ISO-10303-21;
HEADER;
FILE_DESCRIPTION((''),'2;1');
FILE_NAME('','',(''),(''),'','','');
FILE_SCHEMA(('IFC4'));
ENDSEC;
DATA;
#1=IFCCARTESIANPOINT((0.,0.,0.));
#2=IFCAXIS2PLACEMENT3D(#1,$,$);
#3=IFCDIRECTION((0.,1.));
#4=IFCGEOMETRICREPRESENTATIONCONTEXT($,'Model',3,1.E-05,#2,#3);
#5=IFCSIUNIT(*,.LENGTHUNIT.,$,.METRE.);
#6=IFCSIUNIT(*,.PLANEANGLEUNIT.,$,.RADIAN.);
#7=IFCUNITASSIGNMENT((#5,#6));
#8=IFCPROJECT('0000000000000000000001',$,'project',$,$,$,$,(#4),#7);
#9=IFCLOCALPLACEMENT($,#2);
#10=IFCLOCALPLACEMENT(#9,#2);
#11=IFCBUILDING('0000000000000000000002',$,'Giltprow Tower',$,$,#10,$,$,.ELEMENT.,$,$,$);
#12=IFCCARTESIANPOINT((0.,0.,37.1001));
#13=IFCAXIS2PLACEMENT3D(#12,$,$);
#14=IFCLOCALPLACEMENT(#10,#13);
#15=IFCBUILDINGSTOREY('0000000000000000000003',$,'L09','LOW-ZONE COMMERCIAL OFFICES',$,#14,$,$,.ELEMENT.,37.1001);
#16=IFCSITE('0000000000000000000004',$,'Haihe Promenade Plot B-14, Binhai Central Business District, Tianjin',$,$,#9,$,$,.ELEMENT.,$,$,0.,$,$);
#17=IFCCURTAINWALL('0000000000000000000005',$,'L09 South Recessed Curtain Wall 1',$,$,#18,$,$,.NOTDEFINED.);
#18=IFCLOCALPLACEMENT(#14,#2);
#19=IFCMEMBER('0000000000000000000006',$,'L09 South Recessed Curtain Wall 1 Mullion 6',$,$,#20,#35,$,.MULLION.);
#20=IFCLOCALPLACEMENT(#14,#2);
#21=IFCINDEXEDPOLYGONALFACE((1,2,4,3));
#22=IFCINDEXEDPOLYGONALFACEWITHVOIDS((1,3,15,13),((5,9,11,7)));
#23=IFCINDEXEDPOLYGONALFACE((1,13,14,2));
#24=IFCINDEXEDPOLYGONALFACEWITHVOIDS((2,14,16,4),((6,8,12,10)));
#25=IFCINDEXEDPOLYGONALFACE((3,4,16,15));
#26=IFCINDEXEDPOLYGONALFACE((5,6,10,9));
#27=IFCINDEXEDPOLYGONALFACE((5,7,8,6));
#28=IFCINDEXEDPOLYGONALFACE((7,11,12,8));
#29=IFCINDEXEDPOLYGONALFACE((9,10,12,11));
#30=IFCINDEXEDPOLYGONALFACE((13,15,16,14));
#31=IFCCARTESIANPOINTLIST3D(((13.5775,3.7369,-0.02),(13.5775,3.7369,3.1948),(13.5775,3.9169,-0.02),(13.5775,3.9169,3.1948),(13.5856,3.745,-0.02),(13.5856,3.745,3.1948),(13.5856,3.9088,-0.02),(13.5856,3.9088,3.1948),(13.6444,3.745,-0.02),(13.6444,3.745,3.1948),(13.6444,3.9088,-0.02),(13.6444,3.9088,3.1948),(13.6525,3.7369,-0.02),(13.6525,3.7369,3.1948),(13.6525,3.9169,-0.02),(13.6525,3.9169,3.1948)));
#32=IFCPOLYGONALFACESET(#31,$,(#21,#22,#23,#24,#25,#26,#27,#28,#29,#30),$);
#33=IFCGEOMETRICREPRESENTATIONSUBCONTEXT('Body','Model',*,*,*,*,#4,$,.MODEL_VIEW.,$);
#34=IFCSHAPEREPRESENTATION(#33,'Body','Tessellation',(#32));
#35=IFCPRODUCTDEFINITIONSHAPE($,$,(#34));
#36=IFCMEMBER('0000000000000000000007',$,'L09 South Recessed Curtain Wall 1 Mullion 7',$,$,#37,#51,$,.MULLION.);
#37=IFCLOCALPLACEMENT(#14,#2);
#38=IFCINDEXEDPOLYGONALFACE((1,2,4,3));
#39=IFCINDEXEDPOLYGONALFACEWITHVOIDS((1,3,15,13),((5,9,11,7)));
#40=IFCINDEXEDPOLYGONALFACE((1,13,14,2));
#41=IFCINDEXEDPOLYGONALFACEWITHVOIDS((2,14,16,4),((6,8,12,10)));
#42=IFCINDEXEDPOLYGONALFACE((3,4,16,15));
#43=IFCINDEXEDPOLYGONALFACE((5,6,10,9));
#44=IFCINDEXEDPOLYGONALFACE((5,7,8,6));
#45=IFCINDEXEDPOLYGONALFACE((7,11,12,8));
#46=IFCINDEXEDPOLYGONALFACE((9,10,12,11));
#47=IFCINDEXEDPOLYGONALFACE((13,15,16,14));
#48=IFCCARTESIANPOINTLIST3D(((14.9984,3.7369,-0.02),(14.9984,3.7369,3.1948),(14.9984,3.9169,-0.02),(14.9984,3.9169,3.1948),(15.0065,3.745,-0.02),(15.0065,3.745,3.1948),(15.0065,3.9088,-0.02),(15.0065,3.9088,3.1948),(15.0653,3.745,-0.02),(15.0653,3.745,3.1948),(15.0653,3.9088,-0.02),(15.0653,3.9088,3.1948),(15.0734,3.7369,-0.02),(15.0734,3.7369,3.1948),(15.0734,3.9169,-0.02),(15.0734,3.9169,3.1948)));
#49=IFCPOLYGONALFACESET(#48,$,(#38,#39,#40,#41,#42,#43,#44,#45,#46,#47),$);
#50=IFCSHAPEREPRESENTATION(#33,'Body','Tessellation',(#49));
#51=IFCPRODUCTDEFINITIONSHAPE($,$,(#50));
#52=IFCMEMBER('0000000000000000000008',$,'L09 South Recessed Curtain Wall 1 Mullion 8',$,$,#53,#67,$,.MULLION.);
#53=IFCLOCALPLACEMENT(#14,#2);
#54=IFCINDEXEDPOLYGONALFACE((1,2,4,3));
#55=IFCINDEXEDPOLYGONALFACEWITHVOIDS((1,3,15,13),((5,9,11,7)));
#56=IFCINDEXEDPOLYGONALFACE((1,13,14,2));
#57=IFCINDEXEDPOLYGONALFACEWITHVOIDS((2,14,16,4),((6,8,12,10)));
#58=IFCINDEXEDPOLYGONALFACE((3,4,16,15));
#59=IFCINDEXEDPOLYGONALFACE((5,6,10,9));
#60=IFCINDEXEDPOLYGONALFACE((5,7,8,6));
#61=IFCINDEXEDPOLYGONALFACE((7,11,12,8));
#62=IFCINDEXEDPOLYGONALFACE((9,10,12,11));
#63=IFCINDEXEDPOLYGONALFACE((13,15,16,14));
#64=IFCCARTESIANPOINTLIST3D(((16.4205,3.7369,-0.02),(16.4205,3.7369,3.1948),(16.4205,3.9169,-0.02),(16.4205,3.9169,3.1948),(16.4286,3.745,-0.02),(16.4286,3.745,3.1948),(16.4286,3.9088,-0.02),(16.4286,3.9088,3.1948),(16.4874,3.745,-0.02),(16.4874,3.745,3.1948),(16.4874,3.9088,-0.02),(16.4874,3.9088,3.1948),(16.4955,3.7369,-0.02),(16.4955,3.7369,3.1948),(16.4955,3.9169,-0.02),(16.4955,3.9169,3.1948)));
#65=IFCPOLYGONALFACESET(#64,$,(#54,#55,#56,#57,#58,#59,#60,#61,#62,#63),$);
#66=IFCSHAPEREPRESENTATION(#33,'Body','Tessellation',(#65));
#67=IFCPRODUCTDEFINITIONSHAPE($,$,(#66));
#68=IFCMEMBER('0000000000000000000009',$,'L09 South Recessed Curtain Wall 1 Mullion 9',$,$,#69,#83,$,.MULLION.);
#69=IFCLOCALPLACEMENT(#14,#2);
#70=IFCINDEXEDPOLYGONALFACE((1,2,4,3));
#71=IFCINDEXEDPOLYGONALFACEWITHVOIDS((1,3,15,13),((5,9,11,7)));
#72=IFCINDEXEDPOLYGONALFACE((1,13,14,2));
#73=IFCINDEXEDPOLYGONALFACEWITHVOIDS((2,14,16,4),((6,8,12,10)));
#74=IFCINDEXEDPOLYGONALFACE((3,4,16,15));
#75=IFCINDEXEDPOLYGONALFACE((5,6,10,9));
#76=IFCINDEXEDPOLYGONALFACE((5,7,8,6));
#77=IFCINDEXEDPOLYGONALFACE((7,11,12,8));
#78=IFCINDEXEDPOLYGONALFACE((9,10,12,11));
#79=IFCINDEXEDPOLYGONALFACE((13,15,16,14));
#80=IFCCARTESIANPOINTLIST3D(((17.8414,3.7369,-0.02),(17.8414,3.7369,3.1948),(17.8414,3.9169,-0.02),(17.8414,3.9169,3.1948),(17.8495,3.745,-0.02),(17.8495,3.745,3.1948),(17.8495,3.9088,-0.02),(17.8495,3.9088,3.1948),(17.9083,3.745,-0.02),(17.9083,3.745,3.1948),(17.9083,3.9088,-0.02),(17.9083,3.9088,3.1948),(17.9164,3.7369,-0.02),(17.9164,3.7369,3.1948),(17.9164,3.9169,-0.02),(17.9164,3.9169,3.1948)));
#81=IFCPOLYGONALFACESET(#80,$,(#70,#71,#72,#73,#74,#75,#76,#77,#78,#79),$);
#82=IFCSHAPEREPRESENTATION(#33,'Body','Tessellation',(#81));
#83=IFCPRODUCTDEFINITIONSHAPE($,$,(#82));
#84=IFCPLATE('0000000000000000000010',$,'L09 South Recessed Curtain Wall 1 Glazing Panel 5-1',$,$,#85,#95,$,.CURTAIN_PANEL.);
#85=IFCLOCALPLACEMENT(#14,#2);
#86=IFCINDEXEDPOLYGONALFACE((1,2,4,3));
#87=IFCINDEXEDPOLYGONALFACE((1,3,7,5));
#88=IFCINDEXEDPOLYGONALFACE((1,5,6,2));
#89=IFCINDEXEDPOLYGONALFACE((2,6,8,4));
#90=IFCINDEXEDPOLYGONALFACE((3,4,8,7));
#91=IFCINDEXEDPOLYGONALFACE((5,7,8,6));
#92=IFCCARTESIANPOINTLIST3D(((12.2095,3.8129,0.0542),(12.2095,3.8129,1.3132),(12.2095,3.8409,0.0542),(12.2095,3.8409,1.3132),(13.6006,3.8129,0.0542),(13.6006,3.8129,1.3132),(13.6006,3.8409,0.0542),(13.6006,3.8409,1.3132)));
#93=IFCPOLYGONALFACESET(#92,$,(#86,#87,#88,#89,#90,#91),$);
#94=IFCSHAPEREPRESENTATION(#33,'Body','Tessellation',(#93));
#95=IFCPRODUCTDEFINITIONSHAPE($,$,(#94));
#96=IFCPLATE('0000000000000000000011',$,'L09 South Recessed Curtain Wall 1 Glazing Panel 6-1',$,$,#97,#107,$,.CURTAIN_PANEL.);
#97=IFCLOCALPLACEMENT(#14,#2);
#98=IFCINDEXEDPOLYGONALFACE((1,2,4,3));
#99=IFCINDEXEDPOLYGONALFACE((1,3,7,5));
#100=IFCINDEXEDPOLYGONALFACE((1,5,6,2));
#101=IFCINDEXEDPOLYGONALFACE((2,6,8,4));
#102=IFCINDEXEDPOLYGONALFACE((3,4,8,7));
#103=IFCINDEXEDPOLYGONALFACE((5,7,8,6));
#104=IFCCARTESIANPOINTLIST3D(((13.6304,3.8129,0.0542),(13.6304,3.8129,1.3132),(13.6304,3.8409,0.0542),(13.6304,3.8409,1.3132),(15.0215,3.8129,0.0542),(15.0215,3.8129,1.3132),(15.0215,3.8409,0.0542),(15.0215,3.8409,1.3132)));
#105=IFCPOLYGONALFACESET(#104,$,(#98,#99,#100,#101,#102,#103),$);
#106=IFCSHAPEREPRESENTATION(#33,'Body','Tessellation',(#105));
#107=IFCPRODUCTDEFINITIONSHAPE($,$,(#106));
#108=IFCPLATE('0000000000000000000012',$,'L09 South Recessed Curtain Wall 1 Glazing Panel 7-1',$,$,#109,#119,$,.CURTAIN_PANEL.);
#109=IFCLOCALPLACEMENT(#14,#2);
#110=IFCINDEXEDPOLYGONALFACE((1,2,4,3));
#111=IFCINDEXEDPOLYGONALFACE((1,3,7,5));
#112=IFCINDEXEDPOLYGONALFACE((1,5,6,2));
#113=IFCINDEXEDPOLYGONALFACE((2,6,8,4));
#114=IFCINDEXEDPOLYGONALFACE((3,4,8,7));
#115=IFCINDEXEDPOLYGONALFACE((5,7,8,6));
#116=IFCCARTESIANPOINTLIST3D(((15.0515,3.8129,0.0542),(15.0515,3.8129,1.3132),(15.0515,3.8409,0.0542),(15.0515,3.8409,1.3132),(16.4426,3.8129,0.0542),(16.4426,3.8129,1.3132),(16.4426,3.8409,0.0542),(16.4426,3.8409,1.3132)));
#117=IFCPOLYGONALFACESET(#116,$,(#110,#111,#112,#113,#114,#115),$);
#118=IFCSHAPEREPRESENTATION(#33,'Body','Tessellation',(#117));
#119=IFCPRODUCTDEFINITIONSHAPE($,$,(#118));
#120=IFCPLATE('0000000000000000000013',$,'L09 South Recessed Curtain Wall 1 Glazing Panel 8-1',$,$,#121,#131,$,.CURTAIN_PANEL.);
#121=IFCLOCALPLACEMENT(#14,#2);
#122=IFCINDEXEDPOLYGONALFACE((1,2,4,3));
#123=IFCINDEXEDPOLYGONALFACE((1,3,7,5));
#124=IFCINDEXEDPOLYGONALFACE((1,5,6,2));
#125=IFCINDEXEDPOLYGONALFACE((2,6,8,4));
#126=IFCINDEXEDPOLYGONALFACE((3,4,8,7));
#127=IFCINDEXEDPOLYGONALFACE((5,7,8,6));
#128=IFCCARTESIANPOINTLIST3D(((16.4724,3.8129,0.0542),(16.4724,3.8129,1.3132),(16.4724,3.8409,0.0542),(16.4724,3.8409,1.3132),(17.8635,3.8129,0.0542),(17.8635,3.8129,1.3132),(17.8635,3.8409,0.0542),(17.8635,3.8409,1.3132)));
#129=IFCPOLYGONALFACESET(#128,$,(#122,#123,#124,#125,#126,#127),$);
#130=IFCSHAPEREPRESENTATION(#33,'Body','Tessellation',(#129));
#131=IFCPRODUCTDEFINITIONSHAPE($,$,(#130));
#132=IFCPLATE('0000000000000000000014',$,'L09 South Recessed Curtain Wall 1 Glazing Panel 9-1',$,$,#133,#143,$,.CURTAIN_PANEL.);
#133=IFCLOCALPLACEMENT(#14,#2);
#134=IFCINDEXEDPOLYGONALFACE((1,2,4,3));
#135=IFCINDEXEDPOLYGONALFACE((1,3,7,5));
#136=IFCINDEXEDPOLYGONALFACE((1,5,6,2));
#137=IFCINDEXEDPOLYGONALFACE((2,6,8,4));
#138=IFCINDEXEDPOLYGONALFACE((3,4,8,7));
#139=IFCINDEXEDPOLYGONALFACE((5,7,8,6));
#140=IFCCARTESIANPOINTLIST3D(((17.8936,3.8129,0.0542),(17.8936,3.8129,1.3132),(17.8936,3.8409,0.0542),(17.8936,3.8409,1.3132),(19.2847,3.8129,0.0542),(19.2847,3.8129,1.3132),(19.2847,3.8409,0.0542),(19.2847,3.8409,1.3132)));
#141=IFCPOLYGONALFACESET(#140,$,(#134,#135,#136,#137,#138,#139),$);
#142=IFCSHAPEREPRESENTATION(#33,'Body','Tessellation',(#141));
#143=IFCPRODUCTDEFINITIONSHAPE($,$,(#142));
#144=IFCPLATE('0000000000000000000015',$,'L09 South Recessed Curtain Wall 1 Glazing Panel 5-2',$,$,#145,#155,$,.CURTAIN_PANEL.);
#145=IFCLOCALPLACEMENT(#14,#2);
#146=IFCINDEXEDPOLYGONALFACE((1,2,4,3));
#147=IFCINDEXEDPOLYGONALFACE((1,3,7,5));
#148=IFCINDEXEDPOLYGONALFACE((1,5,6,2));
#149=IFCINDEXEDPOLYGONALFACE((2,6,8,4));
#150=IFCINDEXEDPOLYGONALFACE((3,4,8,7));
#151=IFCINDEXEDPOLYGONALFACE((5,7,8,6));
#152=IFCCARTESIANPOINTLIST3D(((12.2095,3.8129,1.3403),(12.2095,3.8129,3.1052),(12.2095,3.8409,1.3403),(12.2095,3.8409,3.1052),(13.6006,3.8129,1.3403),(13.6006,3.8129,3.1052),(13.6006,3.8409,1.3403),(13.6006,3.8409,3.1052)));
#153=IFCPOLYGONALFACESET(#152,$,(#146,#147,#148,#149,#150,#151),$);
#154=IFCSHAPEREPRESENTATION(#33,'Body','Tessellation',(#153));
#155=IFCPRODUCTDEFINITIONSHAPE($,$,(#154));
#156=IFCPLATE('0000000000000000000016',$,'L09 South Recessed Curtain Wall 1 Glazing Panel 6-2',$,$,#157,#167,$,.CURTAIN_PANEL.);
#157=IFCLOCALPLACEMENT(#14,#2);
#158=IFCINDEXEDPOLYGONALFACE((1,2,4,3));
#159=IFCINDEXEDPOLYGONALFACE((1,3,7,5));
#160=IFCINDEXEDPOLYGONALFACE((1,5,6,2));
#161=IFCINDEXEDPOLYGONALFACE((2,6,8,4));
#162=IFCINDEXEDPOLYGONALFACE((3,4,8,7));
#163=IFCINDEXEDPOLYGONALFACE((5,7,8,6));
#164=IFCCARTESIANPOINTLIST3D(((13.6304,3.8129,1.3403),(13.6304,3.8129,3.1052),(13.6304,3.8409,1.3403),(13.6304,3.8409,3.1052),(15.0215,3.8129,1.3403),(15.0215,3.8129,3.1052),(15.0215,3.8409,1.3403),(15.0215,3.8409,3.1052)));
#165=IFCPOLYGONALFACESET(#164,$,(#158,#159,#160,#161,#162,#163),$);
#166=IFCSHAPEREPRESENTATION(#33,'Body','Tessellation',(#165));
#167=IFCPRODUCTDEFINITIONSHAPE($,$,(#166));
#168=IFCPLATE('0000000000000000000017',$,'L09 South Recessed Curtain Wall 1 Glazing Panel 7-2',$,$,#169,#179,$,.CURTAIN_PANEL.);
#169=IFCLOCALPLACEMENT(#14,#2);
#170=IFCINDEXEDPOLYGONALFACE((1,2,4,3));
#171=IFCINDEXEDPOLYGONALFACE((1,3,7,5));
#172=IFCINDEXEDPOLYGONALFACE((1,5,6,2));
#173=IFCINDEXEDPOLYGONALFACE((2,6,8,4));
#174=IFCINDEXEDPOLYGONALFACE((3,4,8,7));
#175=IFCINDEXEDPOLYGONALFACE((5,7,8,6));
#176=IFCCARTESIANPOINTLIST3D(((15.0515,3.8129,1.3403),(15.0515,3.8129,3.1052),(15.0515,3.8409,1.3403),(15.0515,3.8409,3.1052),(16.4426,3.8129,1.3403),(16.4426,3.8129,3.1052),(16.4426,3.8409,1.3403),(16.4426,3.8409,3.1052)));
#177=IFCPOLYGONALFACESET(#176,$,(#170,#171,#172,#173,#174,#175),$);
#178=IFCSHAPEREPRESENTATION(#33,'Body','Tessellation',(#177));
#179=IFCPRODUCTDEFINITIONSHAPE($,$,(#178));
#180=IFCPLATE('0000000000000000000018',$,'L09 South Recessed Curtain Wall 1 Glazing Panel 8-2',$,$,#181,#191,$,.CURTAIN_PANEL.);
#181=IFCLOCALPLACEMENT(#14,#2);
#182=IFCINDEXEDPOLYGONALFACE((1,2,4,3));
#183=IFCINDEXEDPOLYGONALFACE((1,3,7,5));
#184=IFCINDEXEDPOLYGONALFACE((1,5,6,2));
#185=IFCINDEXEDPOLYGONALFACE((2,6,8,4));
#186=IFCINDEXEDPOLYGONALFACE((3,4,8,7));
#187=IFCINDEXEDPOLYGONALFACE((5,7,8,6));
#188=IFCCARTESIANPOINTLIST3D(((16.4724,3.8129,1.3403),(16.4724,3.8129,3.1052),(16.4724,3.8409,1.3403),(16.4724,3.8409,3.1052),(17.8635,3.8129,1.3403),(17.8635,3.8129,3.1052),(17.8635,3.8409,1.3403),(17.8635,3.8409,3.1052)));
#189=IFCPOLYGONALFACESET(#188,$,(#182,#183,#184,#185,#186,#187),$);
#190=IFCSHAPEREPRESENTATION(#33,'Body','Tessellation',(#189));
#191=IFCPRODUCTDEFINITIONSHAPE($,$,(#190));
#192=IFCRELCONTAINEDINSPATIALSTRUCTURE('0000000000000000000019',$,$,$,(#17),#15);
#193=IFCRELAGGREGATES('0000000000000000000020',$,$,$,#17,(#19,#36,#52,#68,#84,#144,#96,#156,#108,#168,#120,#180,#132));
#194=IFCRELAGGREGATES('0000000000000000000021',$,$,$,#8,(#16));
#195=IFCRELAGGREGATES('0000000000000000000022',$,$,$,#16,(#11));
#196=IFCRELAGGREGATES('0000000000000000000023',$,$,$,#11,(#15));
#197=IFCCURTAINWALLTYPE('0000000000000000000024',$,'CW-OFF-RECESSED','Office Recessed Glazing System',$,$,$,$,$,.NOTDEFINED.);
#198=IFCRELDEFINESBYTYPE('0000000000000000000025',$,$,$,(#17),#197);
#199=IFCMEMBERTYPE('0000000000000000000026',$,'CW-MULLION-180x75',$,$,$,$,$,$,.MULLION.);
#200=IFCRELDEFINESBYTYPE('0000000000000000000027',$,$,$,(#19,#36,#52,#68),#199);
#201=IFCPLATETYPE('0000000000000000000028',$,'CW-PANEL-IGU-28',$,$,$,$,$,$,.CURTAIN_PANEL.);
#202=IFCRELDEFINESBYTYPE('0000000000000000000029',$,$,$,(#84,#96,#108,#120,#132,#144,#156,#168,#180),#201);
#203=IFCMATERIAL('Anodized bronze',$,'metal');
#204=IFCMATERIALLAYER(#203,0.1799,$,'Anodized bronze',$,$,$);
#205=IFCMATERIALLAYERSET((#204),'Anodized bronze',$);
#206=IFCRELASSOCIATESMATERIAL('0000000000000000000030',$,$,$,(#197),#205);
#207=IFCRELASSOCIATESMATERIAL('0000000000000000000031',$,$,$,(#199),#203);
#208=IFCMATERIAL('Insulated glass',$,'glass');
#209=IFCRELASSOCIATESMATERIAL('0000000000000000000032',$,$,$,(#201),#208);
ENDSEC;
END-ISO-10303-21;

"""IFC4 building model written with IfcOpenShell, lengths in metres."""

from ifc_helpers import new_model, si_unit, direction, frame, origin, origin_2d, place, context, subcontext, project, spatial, rectangle, hollow_rectangle, extrude, source, transform, mapped, material, layer, layer_set, material_profile, profile_set, type_object, element, aggregate, save


model = new_model("IFC4")

# Units and contexts
model_context = context("Model", 3, precision=1e-05, world=origin(), true_north=direction((0.0, 1.0)))
body_context = subcontext(model_context, "Body", "Model", "MODEL_VIEW")
ifc_project = project(units=[si_unit("LENGTHUNIT", "METRE"), si_unit("PLANEANGLEUNIT", "RADIAN")], contexts=[model_context])

# Site, building, storey
site_placement = place(None, origin())
site = spatial("IfcSite", under=ifc_project, at=site_placement, Name="Haihe Promenade Plot B-14, Binhai Central Business District, Tianjin", CompositionType="ELEMENT", RefElevation=0.0)
building_placement = place(site_placement, origin())
building = spatial("IfcBuilding", under=site, at=building_placement, Name="Giltprow Tower", CompositionType="ELEMENT")
storey_placement = place(building_placement, frame((0.0, 0.0, 37.1001)))
storey = spatial("IfcBuildingStorey", under=building, at=storey_placement, Name="L09", Description="LOW-ZONE COMMERCIAL OFFICES", CompositionType="ELEMENT", Elevation=37.1001)

# Curtain wall, members, plates
ifc_material_1 = material(Name="Anodized bronze", Category="metal")
ifc_layer = layer(ifc_material_1, 0.1799, Name="Anodized bronze")
ifc_layer_set = layer_set([ifc_layer], Name="Anodized bronze")
curtain_wall_type = type_object("IfcCurtainWallType", Name="CW-OFF-RECESSED", Description="Office Recessed Glazing System", PredefinedType="NOTDEFINED", material=ifc_layer_set)
curtain_wall_placement = place(storey_placement, origin())
curtain_wall = element("IfcCurtainWall", 1, at=curtain_wall_placement, inside=storey, type_object=curtain_wall_type, Name="L09 South Recessed Curtain Wall 1", PredefinedType="NOTDEFINED")
ifc_material_profile = material_profile(ifc_material_1, hollow_rectangle(XDim=0.075, YDim=0.1799, WallThickness=0.0081, at=origin_2d()), Name="RHS 180x75x8")
ifc_profile_set = profile_set([ifc_material_profile], Name="Anodized bronze")
member_type = type_object("IfcMemberType", Name="CW-MULLION-180x75", PredefinedType="MULLION", material=ifc_profile_set)
shared_shape_1 = source(origin(), body_context, "Body", "SweptSolid", [
    extrude(hollow_rectangle(XDim=0.075, YDim=0.1799, WallThickness=0.0081, at=origin_2d()), origin(), (0.0, 0.0, 1.0), 3.2148),
])
member_1_placement = place(storey_placement, frame((13.615, 3.8269, -0.02), z_axis=(0.0, 0.0, 1.0), x_axis=(1.0, 0.0, 0.0)))
member_1 = element("IfcMember", 2, at=member_1_placement, type_object=member_type, Name="L09 South Recessed Curtain Wall 1 Mullion 6", PredefinedType="MULLION", context=body_context, shape_type="MappedRepresentation", body=[
    mapped(shared_shape_1, transform((0.0, 0.0, 0.0), x_axis=(1.0, 0.0, 0.0), y_axis=(0.0, 1.0, 0.0), z_axis=(0.0, 0.0, 1.0), scale=1.0)),
])
member_2_placement = place(storey_placement, frame((15.0359, 3.8269, -0.02), z_axis=(0.0, 0.0, 1.0), x_axis=(1.0, 0.0, 0.0)))
member_2 = element("IfcMember", 3, at=member_2_placement, type_object=member_type, Name="L09 South Recessed Curtain Wall 1 Mullion 7", PredefinedType="MULLION", context=body_context, shape_type="MappedRepresentation", body=[
    mapped(shared_shape_1, transform((0.0, 0.0, 0.0), x_axis=(1.0, 0.0, 0.0), y_axis=(0.0, 1.0, 0.0), z_axis=(0.0, 0.0, 1.0), scale=1.0)),
])
member_3_placement = place(storey_placement, frame((16.458, 3.8269, -0.02), z_axis=(0.0, 0.0, 1.0), x_axis=(1.0, 0.0, 0.0)))
member_3 = element("IfcMember", 4, at=member_3_placement, type_object=member_type, Name="L09 South Recessed Curtain Wall 1 Mullion 8", PredefinedType="MULLION", context=body_context, shape_type="MappedRepresentation", body=[
    mapped(shared_shape_1, transform((0.0, 0.0, 0.0), x_axis=(1.0, 0.0, 0.0), y_axis=(0.0, 1.0, 0.0), z_axis=(0.0, 0.0, 1.0), scale=1.0)),
])
member_4_placement = place(storey_placement, frame((17.8789, 3.8269, -0.02), z_axis=(0.0, 0.0, 1.0), x_axis=(1.0, 0.0, 0.0)))
member_4 = element("IfcMember", 5, at=member_4_placement, type_object=member_type, Name="L09 South Recessed Curtain Wall 1 Mullion 9", PredefinedType="MULLION", context=body_context, shape_type="MappedRepresentation", body=[
    mapped(shared_shape_1, transform((0.0, 0.0, 0.0), x_axis=(1.0, 0.0, 0.0), y_axis=(0.0, 1.0, 0.0), z_axis=(0.0, 0.0, 1.0), scale=1.0)),
])
ifc_material_2 = material(Name="Insulated glass", Category="glass")
plate_type = type_object("IfcPlateType", Name="CW-PANEL-IGU-28", PredefinedType="CURTAIN_PANEL", material=ifc_material_2)
shared_shape_2 = source(origin(), body_context, "Body", "SweptSolid", [
    extrude(rectangle(XDim=1.3911, YDim=0.0281, at=origin_2d()), origin(), (0.0, 0.0, 1.0), 1.259),
])
plate_1_placement = place(storey_placement, frame((12.905, 3.8269, 0.0542), z_axis=(0.0, 0.0, 1.0), x_axis=(1.0, 0.0, 0.0)))
plate_1 = element("IfcPlate", 6, at=plate_1_placement, type_object=plate_type, Name="L09 South Recessed Curtain Wall 1 Glazing Panel 5-1", PredefinedType="CURTAIN_PANEL", context=body_context, shape_type="MappedRepresentation", body=[
    mapped(shared_shape_2, transform((0.0, 0.0, 0.0), x_axis=(1.0, 0.0, 0.0), y_axis=(0.0, 1.0, 0.0), z_axis=(0.0, 0.0, 1.0), scale=1.0)),
])
plate_2_placement = place(storey_placement, frame((14.3259, 3.8269, 0.0542), z_axis=(0.0, 0.0, 1.0), x_axis=(1.0, 0.0, 0.0)))
plate_2 = element("IfcPlate", 7, at=plate_2_placement, type_object=plate_type, Name="L09 South Recessed Curtain Wall 1 Glazing Panel 6-1", PredefinedType="CURTAIN_PANEL", context=body_context, shape_type="MappedRepresentation", body=[
    mapped(shared_shape_2, transform((0.0, 0.0, 0.0), x_axis=(1.0, 0.0, 0.0), y_axis=(0.0, 1.0, 0.0), z_axis=(0.0, 0.0, 1.0), scale=1.0)),
])
plate_3_placement = place(storey_placement, frame((15.7471, 3.8269, 0.0542), z_axis=(0.0, 0.0, 1.0), x_axis=(1.0, 0.0, 0.0)))
plate_3 = element("IfcPlate", 8, at=plate_3_placement, type_object=plate_type, Name="L09 South Recessed Curtain Wall 1 Glazing Panel 7-1", PredefinedType="CURTAIN_PANEL", context=body_context, shape_type="MappedRepresentation", body=[
    mapped(shared_shape_2, transform((0.0, 0.0, 0.0), x_axis=(1.0, 0.0, 0.0), y_axis=(0.0, 1.0, 0.0), z_axis=(0.0, 0.0, 1.0), scale=1.0)),
])
plate_4_placement = place(storey_placement, frame((17.168, 3.8269, 0.0542), z_axis=(0.0, 0.0, 1.0), x_axis=(1.0, 0.0, 0.0)))
plate_4 = element("IfcPlate", 9, at=plate_4_placement, type_object=plate_type, Name="L09 South Recessed Curtain Wall 1 Glazing Panel 8-1", PredefinedType="CURTAIN_PANEL", context=body_context, shape_type="MappedRepresentation", body=[
    mapped(shared_shape_2, transform((0.0, 0.0, 0.0), x_axis=(1.0, 0.0, 0.0), y_axis=(0.0, 1.0, 0.0), z_axis=(0.0, 0.0, 1.0), scale=1.0)),
])
plate_5_placement = place(storey_placement, frame((18.5891, 3.8269, 0.0542), z_axis=(0.0, 0.0, 1.0), x_axis=(1.0, 0.0, 0.0)))
plate_5 = element("IfcPlate", 10, at=plate_5_placement, type_object=plate_type, Name="L09 South Recessed Curtain Wall 1 Glazing Panel 9-1", PredefinedType="CURTAIN_PANEL", context=body_context, shape_type="MappedRepresentation", body=[
    mapped(shared_shape_2, transform((0.0, 0.0, 0.0), x_axis=(1.0, 0.0, 0.0), y_axis=(0.0, 1.0, 0.0), z_axis=(0.0, 0.0, 1.0), scale=1.0)),
])
shared_shape_3 = source(origin(), body_context, "Body", "SweptSolid", [
    extrude(rectangle(XDim=1.3911, YDim=0.0281, at=origin_2d()), origin(), (0.0, 0.0, 1.0), 1.7649),
])
plate_6_placement = place(storey_placement, frame((12.905, 3.8269, 1.3403), z_axis=(0.0, 0.0, 1.0), x_axis=(1.0, 0.0, 0.0)))
plate_6 = element("IfcPlate", 11, at=plate_6_placement, type_object=plate_type, Name="L09 South Recessed Curtain Wall 1 Glazing Panel 5-2", PredefinedType="CURTAIN_PANEL", context=body_context, shape_type="MappedRepresentation", body=[
    mapped(shared_shape_3, transform((0.0, 0.0, 0.0), x_axis=(1.0, 0.0, 0.0), y_axis=(0.0, 1.0, 0.0), z_axis=(0.0, 0.0, 1.0), scale=1.0)),
])
plate_7_placement = place(storey_placement, frame((14.3259, 3.8269, 1.3403), z_axis=(0.0, 0.0, 1.0), x_axis=(1.0, 0.0, 0.0)))
plate_7 = element("IfcPlate", 12, at=plate_7_placement, type_object=plate_type, Name="L09 South Recessed Curtain Wall 1 Glazing Panel 6-2", PredefinedType="CURTAIN_PANEL", context=body_context, shape_type="MappedRepresentation", body=[
    mapped(shared_shape_3, transform((0.0, 0.0, 0.0), x_axis=(1.0, 0.0, 0.0), y_axis=(0.0, 1.0, 0.0), z_axis=(0.0, 0.0, 1.0), scale=1.0)),
])
plate_8_placement = place(storey_placement, frame((15.7471, 3.8269, 1.3403), z_axis=(0.0, 0.0, 1.0), x_axis=(1.0, 0.0, 0.0)))
plate_8 = element("IfcPlate", 13, at=plate_8_placement, type_object=plate_type, Name="L09 South Recessed Curtain Wall 1 Glazing Panel 7-2", PredefinedType="CURTAIN_PANEL", context=body_context, shape_type="MappedRepresentation", body=[
    mapped(shared_shape_3, transform((0.0, 0.0, 0.0), x_axis=(1.0, 0.0, 0.0), y_axis=(0.0, 1.0, 0.0), z_axis=(0.0, 0.0, 1.0), scale=1.0)),
])
plate_9_placement = place(storey_placement, frame((17.168, 3.8269, 1.3403), z_axis=(0.0, 0.0, 1.0), x_axis=(1.0, 0.0, 0.0)))
plate_9 = element("IfcPlate", 14, at=plate_9_placement, type_object=plate_type, Name="L09 South Recessed Curtain Wall 1 Glazing Panel 8-2", PredefinedType="CURTAIN_PANEL", context=body_context, shape_type="MappedRepresentation", body=[
    mapped(shared_shape_3, transform((0.0, 0.0, 0.0), x_axis=(1.0, 0.0, 0.0), y_axis=(0.0, 1.0, 0.0), z_axis=(0.0, 0.0, 1.0), scale=1.0)),
])
aggregate(curtain_wall, [member_1, member_2, member_3, member_4, plate_1, plate_6, plate_2, plate_7, plate_3, plate_8, plate_4, plate_9, plate_5])

save(model, "model.ifc")
